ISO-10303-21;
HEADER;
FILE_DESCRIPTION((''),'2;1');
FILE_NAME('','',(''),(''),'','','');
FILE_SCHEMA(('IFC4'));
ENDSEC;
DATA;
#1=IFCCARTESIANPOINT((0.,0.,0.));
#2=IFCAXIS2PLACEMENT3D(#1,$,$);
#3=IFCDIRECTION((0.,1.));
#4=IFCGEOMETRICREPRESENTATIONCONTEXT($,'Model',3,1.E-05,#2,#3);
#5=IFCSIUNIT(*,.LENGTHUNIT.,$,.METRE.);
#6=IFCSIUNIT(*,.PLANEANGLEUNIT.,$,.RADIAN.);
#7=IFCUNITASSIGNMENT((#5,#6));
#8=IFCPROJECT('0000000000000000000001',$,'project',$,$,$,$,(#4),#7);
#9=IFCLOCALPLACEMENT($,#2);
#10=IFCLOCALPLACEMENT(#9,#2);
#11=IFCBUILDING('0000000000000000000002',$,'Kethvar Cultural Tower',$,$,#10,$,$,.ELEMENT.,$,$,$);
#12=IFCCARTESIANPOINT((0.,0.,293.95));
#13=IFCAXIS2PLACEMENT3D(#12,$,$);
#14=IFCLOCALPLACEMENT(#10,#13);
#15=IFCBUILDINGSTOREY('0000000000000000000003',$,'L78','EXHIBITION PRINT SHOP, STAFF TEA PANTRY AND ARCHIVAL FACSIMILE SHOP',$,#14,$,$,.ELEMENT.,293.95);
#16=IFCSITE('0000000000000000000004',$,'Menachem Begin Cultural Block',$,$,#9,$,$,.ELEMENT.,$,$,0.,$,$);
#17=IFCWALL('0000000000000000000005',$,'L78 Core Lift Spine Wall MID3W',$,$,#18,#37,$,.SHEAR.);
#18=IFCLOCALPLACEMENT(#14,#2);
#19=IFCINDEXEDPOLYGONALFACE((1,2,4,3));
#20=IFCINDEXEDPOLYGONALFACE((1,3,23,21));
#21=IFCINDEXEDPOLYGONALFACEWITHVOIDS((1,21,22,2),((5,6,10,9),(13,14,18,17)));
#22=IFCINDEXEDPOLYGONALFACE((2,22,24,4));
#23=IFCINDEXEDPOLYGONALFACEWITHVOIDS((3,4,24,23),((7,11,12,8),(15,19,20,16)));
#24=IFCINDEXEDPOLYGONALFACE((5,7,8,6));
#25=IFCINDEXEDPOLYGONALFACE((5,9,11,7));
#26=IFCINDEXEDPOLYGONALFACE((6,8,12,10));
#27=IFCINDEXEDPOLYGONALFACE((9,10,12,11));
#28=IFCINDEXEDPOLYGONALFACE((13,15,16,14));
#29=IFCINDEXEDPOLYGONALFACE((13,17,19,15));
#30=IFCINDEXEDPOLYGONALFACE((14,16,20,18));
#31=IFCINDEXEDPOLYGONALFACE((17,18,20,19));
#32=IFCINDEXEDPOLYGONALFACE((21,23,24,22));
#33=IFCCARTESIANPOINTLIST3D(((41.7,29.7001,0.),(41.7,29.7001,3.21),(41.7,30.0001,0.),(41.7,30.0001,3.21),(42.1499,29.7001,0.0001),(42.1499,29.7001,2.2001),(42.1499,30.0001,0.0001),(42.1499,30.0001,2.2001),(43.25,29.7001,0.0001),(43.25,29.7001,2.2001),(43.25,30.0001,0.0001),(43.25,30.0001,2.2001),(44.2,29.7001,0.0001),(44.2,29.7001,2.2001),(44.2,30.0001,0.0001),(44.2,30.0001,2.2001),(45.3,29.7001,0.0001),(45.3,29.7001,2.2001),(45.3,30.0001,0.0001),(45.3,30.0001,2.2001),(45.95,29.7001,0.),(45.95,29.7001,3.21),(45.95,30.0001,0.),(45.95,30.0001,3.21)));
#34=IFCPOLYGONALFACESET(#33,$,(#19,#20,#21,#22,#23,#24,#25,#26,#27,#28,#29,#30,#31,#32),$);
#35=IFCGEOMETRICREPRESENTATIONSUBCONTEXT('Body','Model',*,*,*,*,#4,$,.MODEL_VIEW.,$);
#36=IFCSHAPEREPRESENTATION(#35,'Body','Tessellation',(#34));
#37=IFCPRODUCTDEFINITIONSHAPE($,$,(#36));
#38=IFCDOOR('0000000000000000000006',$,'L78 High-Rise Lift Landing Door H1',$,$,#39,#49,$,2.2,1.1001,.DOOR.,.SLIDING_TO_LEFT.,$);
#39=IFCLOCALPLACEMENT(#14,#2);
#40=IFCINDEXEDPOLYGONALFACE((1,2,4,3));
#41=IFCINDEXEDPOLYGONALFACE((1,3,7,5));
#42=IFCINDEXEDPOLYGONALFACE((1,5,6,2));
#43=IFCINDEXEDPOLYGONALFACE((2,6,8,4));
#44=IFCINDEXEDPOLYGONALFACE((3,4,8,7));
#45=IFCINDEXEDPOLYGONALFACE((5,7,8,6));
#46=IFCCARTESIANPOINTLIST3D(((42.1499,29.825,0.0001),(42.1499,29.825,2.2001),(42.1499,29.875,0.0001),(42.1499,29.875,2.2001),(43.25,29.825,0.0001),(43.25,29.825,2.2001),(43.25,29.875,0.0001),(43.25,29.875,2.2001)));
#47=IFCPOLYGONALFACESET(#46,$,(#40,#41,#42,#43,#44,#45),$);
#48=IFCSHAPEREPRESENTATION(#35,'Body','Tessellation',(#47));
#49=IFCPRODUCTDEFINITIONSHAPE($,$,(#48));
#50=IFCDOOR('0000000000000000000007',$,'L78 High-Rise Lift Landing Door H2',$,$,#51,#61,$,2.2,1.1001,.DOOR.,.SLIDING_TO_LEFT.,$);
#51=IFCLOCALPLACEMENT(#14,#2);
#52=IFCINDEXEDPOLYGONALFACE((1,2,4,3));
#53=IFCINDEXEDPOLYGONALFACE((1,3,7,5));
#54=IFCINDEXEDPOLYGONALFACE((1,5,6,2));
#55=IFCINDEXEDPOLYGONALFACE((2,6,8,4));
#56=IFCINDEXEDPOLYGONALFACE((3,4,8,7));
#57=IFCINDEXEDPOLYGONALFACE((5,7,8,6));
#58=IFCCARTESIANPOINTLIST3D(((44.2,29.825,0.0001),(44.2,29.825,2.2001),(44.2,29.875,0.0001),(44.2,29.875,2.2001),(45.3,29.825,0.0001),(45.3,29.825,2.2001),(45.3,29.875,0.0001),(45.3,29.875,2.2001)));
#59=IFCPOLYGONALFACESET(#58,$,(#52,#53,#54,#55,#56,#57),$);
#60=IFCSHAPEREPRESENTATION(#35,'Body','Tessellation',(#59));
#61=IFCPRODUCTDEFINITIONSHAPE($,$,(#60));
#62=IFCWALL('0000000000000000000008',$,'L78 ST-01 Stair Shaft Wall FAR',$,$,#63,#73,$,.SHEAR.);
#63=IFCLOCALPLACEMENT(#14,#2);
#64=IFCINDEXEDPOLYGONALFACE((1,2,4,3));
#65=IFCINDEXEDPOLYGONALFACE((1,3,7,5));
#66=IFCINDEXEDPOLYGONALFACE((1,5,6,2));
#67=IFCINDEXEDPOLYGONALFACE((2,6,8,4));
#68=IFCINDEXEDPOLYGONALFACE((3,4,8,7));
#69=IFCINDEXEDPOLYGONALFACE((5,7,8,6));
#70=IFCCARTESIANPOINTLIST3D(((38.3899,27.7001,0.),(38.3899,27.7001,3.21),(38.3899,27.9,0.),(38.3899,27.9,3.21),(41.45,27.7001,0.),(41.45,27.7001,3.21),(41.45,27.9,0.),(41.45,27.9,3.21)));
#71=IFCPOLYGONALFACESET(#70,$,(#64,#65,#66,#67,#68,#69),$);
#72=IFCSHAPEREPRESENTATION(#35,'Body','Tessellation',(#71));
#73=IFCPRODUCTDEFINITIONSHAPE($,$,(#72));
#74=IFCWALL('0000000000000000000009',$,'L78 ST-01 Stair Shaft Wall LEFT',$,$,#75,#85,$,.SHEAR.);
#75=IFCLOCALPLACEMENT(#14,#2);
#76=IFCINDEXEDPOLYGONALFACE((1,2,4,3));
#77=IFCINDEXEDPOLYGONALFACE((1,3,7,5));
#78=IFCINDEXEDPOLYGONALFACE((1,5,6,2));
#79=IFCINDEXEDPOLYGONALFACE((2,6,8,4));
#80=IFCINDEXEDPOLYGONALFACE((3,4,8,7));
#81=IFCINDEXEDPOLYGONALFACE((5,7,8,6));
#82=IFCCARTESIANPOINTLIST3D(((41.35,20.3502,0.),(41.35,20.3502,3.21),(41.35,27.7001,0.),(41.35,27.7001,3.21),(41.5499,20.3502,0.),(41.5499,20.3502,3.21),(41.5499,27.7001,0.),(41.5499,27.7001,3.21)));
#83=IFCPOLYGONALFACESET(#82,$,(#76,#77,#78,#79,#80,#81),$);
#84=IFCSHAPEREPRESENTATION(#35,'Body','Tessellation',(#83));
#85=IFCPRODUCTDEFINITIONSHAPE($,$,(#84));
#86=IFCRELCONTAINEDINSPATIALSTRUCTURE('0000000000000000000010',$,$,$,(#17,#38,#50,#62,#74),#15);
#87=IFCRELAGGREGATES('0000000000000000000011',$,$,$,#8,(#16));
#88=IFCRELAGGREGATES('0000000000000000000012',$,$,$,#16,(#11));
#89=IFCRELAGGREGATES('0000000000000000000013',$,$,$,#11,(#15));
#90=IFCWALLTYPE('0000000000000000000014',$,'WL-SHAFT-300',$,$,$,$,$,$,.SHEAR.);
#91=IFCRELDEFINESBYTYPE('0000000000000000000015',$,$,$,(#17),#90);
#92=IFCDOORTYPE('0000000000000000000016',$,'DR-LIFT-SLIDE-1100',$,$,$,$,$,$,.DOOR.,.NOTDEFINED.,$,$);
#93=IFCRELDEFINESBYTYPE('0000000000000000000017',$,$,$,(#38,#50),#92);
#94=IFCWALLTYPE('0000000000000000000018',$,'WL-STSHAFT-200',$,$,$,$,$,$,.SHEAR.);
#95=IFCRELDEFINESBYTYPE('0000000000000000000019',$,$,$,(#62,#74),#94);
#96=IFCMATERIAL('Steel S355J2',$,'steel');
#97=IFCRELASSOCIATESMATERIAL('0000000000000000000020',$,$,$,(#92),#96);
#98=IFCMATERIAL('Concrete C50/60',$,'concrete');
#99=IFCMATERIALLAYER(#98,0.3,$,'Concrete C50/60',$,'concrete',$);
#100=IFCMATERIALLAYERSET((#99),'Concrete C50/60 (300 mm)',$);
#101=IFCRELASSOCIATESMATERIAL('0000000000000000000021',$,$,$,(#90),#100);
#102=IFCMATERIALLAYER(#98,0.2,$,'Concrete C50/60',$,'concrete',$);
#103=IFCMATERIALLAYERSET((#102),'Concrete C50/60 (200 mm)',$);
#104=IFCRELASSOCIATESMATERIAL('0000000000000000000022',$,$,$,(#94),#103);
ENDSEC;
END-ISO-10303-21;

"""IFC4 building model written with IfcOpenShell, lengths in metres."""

from ifc_helpers import new_model, si_unit, direction, frame, frame_2d, origin, place, context, subcontext, project, spatial, rectangle, extrude, source, transform, mapped, material, layer, layer_set, type_object, element, fill, save


model = new_model("IFC4")

# Units and contexts
model_context = context("Model", 3, precision=1e-05, world=origin(), true_north=direction((0.0, 1.0)))
body_context = subcontext(model_context, "Body", "Model", "MODEL_VIEW")
ifc_project = project(units=[si_unit("LENGTHUNIT", "METRE"), si_unit("PLANEANGLEUNIT", "RADIAN")], contexts=[model_context])

# Site, building, storey
site_placement = place(None, origin())
site = spatial("IfcSite", under=ifc_project, at=site_placement, Name="Menachem Begin Cultural Block", CompositionType="ELEMENT", RefElevation=0.0)
building_placement = place(site_placement, origin())
building = spatial("IfcBuilding", under=site, at=building_placement, Name="Kethvar Cultural Tower", CompositionType="ELEMENT")
storey_placement = place(building_placement, frame((0.0, 0.0, 293.95)))
storey = spatial("IfcBuildingStorey", under=building, at=storey_placement, Name="L78", Description="EXHIBITION PRINT SHOP, STAFF TEA PANTRY AND ARCHIVAL FACSIMILE SHOP", CompositionType="ELEMENT", Elevation=293.95)

# Shared definitions
ifc_material_1 = material(Name="Steel S355J2", Category="steel")

# Shared definitions
ifc_material_2 = material(Name="Concrete C50/60", Category="concrete")
door_type_1 = type_object("IfcDoorType", Name="DR-LIFT-SLIDE-1100", OperationType="NOTDEFINED", PredefinedType="DOOR", material=ifc_material_1)
shared_shape_1 = source(origin(), body_context, "Body", "SweptSolid", [
    extrude(rectangle(XDim=1.1001, YDim=2.2, at=frame_2d((0.55, 1.1001))), frame((0.0, 0.0249, 0.0), z_axis=(0.0, -1.0, 0.0), x_axis=(1.0, 0.0, 0.0)), (0.0, 0.0, 1.0), 0.05),
])

# Shared definitions
ifc_layer_1 = layer(ifc_material_2, 0.3, Name="Concrete C50/60", Category="concrete")
ifc_layer_set_1 = layer_set([ifc_layer_1], Name="Concrete C50/60 (300 mm)")
wall_type_1 = type_object("IfcWallType", Name="WL-SHAFT-300", PredefinedType="SHEAR", material=ifc_layer_set_1)

# Wall, openings, doors
wall_1_placement = place(storey_placement, frame((41.7, 29.8501, 0.0), z_axis=(0.0, 0.0, 1.0), x_axis=(1.0, 0.0, 0.0)))
wall_1 = element("IfcWall", 1, at=wall_1_placement, inside=storey, type_object=wall_type_1, Name="L78 Core Lift Spine Wall MID3W", PredefinedType="SHEAR", context=body_context, shape_type="SweptSolid", body=[
    extrude(rectangle(XDim=4.25, YDim=0.3, at=frame_2d((2.125, 0.0))), origin(), (0.0, 0.0, 1.0), 3.21),
])
opening_1_placement = place(wall_1_placement, frame((0.45, 0.0, 0.0)))
opening_1 = element("IfcOpeningElement", 2, at=opening_1_placement, cuts=wall_1, PredefinedType="OPENING", context=body_context, shape_type="SweptSolid", body=[
    extrude(rectangle(XDim=1.1001, YDim=2.2, at=frame_2d((0.55, 1.1001))), frame((0.0, 0.1599, 0.0), z_axis=(0.0, -1.0, 0.0), x_axis=(1.0, 0.0, 0.0)), (0.0, 0.0, 1.0), 0.3201),
])
opening_2_placement = place(wall_1_placement, frame((2.5, 0.0, 0.0)))
opening_2 = element("IfcOpeningElement", 3, at=opening_2_placement, cuts=wall_1, PredefinedType="OPENING", context=body_context, shape_type="SweptSolid", body=[
    extrude(rectangle(XDim=1.1001, YDim=2.2, at=frame_2d((0.55, 1.1001))), frame((0.0, 0.1599, 0.0), z_axis=(0.0, -1.0, 0.0), x_axis=(1.0, 0.0, 0.0)), (0.0, 0.0, 1.0), 0.3201),
])
door_1_placement = place(opening_1_placement, origin())
door_1 = element("IfcDoor", 4, at=door_1_placement, inside=storey, type_object=door_type_1, Name="L78 High-Rise Lift Landing Door H1", OperationType="SLIDING_TO_LEFT", OverallHeight=2.2, OverallWidth=1.1001, PredefinedType="DOOR", context=body_context, shape_type="MappedRepresentation", body=[
    mapped(shared_shape_1, transform((0.0, 0.0, 0.0), scale=1.0)),
])
fill(opening_1, door_1)
door_2_placement = place(opening_2_placement, origin())
door_2 = element("IfcDoor", 5, at=door_2_placement, inside=storey, type_object=door_type_1, Name="L78 High-Rise Lift Landing Door H2", OperationType="SLIDING_TO_LEFT", OverallHeight=2.2, OverallWidth=1.1001, PredefinedType="DOOR", context=body_context, shape_type="MappedRepresentation", body=[
    mapped(shared_shape_1, transform((0.0, 0.0, 0.0), scale=1.0)),
])
fill(opening_2, door_2)

# Walls
ifc_layer_2 = layer(ifc_material_2, 0.2, Name="Concrete C50/60", Category="concrete")
ifc_layer_set_2 = layer_set([ifc_layer_2], Name="Concrete C50/60 (200 mm)")
wall_type_2 = type_object("IfcWallType", Name="WL-STSHAFT-200", PredefinedType="SHEAR", material=ifc_layer_set_2)
wall_2_placement = place(storey_placement, frame((38.3899, 27.8, 0.0), z_axis=(0.0, 0.0, 1.0), x_axis=(1.0, 0.0, 0.0)))
element("IfcWall", 6, at=wall_2_placement, inside=storey, type_object=wall_type_2, Name="L78 ST-01 Stair Shaft Wall FAR", PredefinedType="SHEAR", context=body_context, shape_type="SweptSolid", body=[
    extrude(rectangle(XDim=3.0601, YDim=0.2, at=frame_2d((1.53, 0.0))), origin(), (0.0, 0.0, 1.0), 3.21),
])
wall_3_placement = place(storey_placement, frame((41.45, 27.7, 0.0), z_axis=(0.0, 0.0, 1.0), x_axis=(0.0, -1.0, 0.0)))
element("IfcWall", 7, at=wall_3_placement, inside=storey, type_object=wall_type_2, Name="L78 ST-01 Stair Shaft Wall LEFT", PredefinedType="SHEAR", context=body_context, shape_type="SweptSolid", body=[
    extrude(rectangle(XDim=7.3499, YDim=0.2, at=frame_2d((3.6748, 0.0))), origin(), (0.0, 0.0, 1.0), 3.21),
])

save(model, "model.ifc")
